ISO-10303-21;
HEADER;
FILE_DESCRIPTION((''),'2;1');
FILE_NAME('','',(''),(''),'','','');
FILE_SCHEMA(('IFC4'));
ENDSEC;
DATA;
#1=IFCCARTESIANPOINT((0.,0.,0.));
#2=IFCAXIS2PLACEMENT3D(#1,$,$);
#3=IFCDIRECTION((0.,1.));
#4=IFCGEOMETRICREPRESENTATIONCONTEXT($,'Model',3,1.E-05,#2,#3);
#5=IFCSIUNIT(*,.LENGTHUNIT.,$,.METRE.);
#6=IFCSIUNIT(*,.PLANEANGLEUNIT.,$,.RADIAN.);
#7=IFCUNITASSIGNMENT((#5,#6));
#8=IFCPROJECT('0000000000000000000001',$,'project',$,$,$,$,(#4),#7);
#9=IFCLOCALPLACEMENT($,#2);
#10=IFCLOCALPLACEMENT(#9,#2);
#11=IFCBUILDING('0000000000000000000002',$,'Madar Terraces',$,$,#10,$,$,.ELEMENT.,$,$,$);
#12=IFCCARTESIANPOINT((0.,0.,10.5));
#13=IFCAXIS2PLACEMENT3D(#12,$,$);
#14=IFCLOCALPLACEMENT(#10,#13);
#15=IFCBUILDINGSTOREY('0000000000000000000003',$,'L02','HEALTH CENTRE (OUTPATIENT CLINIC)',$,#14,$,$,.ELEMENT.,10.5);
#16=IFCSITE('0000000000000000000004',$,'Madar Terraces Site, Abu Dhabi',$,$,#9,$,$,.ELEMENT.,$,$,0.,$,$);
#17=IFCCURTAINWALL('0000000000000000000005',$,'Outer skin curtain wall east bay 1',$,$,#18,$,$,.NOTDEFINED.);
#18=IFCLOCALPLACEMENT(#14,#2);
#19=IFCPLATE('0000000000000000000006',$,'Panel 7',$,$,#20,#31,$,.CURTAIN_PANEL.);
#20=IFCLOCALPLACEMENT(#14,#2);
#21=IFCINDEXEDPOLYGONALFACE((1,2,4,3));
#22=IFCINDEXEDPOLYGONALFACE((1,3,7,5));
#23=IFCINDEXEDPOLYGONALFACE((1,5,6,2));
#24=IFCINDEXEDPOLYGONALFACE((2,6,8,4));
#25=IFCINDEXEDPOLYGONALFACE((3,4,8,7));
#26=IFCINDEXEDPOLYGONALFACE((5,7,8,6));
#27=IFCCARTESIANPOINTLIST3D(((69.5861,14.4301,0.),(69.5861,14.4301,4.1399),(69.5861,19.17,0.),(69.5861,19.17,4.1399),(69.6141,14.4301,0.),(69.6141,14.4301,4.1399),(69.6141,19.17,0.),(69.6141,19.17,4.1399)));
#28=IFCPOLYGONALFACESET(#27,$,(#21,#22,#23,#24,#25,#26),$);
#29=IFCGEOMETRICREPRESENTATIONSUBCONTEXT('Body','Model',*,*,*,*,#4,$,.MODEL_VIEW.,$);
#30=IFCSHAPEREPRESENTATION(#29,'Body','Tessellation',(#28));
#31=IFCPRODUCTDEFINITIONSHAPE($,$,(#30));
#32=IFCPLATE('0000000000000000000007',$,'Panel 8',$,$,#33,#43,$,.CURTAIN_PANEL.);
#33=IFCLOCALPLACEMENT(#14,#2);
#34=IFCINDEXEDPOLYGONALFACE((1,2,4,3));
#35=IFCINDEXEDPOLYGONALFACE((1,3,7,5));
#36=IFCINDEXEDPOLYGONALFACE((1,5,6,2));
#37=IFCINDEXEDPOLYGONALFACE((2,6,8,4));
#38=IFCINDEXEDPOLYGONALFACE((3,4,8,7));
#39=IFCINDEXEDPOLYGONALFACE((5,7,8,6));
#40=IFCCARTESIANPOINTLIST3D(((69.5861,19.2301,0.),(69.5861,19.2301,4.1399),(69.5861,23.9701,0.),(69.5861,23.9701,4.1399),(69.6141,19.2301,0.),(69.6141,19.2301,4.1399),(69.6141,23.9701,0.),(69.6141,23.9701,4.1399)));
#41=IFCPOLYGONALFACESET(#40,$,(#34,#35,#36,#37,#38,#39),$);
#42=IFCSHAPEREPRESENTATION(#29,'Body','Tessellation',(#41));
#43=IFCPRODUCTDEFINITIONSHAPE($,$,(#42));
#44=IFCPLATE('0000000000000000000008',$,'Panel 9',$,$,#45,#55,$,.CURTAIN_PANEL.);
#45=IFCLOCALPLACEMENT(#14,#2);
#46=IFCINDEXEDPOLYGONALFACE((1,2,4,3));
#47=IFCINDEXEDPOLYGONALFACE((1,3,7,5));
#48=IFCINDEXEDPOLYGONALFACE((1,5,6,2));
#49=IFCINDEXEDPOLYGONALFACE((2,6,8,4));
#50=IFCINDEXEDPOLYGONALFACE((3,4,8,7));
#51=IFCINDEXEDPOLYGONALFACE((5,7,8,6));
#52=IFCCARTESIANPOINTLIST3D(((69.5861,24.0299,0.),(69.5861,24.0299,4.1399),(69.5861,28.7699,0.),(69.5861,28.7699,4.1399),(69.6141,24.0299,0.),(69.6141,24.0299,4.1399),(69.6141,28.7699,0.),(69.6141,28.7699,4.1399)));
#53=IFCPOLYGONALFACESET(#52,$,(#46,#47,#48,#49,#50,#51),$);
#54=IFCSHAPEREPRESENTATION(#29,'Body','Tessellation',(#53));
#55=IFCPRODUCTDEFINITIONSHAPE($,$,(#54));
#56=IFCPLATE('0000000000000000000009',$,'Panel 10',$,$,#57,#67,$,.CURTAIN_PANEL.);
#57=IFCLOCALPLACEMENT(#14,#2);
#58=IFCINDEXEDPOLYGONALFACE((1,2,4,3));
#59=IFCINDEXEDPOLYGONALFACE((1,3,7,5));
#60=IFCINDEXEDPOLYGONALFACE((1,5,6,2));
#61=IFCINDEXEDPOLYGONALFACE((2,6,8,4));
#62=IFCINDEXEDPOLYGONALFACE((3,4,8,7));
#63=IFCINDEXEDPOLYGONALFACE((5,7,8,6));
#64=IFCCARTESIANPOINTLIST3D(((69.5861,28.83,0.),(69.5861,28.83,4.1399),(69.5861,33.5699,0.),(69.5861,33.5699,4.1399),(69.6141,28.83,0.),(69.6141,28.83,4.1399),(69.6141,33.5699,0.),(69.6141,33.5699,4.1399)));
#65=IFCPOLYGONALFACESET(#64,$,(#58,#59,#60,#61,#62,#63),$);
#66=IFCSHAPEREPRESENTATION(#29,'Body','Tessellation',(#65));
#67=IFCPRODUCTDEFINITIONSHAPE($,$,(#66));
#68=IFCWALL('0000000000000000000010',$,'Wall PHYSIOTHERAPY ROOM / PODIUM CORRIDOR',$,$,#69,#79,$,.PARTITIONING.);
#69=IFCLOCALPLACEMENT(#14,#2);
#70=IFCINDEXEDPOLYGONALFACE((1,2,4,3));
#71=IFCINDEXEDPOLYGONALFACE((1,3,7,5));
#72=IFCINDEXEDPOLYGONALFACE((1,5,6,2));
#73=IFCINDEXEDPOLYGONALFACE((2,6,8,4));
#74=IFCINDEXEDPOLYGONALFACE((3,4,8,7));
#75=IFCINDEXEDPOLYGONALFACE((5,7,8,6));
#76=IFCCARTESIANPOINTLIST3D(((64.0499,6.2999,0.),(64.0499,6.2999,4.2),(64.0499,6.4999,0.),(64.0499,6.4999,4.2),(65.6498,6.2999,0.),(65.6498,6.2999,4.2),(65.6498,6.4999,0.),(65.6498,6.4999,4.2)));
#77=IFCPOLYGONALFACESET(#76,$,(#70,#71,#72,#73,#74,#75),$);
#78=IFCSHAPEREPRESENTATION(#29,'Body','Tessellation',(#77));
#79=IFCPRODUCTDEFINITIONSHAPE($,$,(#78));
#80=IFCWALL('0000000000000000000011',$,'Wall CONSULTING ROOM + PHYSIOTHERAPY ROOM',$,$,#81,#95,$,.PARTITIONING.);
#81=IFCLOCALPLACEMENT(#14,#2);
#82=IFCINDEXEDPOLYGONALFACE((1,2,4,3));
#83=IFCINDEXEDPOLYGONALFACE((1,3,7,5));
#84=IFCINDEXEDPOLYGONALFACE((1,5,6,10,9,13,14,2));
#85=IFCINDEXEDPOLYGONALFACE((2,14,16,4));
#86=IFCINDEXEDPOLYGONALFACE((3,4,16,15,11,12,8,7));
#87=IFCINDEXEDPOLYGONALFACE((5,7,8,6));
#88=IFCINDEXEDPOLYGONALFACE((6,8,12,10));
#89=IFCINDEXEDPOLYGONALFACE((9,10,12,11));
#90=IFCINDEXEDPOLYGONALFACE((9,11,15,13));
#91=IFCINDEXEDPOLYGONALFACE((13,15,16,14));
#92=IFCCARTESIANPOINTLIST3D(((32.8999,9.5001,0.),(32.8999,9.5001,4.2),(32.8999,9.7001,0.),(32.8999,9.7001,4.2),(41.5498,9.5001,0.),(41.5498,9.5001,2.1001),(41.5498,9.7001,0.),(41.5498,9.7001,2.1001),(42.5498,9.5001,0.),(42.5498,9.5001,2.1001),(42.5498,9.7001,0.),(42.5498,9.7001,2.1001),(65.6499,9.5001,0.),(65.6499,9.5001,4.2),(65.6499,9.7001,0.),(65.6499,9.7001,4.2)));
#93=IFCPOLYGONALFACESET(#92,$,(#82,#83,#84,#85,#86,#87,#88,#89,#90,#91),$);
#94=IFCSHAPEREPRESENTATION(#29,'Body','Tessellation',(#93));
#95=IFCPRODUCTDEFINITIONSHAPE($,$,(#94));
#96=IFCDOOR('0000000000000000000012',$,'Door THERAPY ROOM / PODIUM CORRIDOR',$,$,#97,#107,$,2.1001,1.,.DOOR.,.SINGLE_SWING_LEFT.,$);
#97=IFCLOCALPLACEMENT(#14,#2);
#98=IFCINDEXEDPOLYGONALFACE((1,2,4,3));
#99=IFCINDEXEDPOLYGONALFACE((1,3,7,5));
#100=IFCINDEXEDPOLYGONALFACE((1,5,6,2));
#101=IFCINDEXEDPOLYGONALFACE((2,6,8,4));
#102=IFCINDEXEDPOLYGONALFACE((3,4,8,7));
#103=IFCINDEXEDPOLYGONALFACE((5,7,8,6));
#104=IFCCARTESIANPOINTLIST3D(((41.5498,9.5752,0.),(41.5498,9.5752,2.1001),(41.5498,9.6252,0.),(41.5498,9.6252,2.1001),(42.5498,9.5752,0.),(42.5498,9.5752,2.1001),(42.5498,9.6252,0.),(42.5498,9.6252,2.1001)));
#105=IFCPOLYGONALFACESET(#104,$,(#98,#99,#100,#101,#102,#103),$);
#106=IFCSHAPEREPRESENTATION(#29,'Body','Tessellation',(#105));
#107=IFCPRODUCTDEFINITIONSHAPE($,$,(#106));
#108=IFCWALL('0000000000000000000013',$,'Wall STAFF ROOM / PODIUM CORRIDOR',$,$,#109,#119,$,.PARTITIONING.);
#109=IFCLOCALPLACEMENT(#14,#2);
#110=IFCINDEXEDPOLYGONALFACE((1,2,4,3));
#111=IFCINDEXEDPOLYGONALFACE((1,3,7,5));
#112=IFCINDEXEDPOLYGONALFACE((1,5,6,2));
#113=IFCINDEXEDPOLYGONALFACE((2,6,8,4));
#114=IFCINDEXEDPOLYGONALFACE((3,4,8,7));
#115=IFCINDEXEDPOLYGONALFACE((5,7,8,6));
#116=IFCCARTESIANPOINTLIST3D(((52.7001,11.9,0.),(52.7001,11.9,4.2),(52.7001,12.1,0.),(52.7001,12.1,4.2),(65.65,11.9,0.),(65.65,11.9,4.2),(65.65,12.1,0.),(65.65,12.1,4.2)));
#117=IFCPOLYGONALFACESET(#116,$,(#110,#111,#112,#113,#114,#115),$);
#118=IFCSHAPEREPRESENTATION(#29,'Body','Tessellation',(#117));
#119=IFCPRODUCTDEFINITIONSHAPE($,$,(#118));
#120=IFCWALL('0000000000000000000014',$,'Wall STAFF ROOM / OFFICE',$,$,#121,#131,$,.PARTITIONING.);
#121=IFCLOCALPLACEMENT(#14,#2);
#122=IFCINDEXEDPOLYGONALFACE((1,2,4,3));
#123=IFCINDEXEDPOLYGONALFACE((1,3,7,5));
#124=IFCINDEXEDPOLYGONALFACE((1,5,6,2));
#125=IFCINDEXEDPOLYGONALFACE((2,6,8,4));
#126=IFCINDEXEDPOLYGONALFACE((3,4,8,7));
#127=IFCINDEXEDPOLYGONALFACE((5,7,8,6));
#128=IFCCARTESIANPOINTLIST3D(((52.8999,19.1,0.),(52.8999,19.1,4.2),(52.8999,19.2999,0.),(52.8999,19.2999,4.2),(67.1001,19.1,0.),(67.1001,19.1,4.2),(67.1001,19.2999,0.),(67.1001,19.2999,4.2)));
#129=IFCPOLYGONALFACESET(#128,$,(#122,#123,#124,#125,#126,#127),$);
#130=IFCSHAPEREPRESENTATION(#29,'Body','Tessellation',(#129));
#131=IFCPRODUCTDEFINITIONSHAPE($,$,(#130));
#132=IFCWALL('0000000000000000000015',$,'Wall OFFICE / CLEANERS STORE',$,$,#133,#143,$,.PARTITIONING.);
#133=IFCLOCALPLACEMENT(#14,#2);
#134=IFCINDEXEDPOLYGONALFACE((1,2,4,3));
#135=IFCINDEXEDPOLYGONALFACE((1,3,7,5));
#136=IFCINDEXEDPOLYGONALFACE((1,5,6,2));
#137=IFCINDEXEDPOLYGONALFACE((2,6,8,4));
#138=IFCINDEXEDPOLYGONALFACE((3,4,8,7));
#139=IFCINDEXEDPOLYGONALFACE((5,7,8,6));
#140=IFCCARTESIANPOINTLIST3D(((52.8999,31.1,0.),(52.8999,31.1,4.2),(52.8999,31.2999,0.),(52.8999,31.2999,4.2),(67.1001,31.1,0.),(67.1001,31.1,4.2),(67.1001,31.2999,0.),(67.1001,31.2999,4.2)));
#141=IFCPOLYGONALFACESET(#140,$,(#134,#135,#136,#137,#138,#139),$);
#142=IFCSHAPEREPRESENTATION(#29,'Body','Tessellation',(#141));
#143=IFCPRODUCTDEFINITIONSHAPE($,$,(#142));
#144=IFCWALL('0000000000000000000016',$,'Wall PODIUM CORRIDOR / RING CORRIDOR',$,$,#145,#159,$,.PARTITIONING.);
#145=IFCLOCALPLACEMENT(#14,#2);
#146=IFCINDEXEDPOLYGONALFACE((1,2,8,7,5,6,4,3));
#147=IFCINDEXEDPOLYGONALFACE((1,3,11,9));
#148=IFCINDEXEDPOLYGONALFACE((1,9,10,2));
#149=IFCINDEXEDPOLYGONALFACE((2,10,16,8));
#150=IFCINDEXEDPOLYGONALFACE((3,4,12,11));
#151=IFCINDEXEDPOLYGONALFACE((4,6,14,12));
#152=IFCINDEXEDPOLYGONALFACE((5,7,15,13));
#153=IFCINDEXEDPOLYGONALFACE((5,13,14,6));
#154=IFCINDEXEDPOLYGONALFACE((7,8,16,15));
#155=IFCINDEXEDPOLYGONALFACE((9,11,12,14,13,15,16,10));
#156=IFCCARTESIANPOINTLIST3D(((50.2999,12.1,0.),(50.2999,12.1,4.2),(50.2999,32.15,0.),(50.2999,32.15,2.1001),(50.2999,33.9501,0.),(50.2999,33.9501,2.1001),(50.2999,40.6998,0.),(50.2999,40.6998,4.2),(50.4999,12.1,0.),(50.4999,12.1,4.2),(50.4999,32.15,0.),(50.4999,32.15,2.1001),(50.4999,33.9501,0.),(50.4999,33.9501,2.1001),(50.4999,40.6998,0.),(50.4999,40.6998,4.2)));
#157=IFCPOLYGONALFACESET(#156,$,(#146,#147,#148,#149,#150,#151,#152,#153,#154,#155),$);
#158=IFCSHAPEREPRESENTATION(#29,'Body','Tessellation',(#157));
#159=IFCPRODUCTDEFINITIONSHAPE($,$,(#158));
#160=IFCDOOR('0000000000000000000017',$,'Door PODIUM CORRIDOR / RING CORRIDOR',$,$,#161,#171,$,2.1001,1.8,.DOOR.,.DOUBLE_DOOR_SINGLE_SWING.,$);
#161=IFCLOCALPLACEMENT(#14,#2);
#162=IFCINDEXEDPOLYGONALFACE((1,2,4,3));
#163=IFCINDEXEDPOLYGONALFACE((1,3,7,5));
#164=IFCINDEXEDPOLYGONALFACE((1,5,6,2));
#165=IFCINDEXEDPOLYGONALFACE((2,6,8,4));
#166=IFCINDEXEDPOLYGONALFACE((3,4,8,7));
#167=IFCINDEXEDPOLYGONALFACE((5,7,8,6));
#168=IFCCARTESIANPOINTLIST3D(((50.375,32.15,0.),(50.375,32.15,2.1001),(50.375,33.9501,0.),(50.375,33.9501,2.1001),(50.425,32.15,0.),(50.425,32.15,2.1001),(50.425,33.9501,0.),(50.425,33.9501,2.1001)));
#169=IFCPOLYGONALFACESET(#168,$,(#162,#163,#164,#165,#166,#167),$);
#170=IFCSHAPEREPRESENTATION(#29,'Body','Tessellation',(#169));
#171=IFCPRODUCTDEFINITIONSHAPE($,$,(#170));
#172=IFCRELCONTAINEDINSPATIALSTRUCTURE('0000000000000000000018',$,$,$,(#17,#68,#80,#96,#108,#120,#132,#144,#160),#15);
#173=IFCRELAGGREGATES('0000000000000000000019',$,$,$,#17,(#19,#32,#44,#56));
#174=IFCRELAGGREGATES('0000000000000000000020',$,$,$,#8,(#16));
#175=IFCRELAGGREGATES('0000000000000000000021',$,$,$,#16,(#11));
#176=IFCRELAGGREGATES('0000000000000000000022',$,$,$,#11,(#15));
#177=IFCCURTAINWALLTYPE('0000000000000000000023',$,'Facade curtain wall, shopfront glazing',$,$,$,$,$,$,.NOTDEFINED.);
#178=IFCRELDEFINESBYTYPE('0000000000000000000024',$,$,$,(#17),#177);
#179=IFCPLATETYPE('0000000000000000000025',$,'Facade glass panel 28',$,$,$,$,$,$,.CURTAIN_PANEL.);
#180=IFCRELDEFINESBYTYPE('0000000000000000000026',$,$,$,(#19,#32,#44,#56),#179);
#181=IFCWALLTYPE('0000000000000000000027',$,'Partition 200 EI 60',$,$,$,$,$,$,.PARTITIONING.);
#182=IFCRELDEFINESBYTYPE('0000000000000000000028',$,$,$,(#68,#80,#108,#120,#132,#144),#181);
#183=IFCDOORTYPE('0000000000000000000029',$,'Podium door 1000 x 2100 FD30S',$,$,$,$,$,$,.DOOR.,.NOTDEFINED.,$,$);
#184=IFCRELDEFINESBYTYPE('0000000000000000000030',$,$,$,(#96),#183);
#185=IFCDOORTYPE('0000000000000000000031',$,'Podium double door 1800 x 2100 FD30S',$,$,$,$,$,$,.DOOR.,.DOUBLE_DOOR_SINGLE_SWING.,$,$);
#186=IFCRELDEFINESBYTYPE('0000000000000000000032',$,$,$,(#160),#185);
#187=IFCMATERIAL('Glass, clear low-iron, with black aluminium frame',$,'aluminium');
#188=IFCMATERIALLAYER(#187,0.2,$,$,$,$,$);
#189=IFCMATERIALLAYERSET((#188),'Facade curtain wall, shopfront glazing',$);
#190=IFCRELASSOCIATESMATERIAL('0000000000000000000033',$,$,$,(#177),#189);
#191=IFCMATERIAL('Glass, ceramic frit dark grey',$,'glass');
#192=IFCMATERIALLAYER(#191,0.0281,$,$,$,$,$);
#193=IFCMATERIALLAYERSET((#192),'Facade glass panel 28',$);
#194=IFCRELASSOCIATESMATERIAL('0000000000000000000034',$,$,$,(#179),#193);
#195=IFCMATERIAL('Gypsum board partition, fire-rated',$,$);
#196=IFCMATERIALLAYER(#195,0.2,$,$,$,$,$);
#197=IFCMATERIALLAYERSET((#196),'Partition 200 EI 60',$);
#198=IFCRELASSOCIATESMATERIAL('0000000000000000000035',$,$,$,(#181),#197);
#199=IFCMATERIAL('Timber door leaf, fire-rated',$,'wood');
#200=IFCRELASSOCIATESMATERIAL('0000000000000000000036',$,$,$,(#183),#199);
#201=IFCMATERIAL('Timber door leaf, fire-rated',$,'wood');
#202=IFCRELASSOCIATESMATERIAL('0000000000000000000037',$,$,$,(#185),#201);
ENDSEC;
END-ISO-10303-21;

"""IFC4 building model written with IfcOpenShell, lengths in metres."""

from ifc_helpers import new_model, si_unit, direction, frame, frame_2d, origin, origin_2d, place, context, subcontext, project, spatial, rectangle, extrude, material, layer, layer_set, type_object, element, fill, aggregate, save


model = new_model("IFC4")

# Units and contexts
model_context = context("Model", 3, precision=1e-05, world=origin(), true_north=direction((0.0, 1.0)))
body_context = subcontext(model_context, "Body", "Model", "MODEL_VIEW")
ifc_project = project(units=[si_unit("LENGTHUNIT", "METRE"), si_unit("PLANEANGLEUNIT", "RADIAN")], contexts=[model_context])

# Site, building, storey
site_placement = place(None, origin())
site = spatial("IfcSite", under=ifc_project, at=site_placement, Name="Madar Terraces Site, Abu Dhabi", CompositionType="ELEMENT", RefElevation=0.0)
building_placement = place(site_placement, origin())
building = spatial("IfcBuilding", under=site, at=building_placement, Name="Madar Terraces", CompositionType="ELEMENT")
storey_placement = place(building_placement, frame((0.0, 0.0, 10.5)))
storey = spatial("IfcBuildingStorey", under=building, at=storey_placement, Name="L02", Description="HEALTH CENTRE (OUTPATIENT CLINIC)", CompositionType="ELEMENT", Elevation=10.5)

# Curtain wall, plates
ifc_material_1 = material(Name="Glass, clear low-iron, with black aluminium frame", Category="aluminium")
ifc_layer_1 = layer(ifc_material_1, 0.2)
ifc_layer_set_1 = layer_set([ifc_layer_1], Name="Facade curtain wall, shopfront glazing")
curtain_wall_type = type_object("IfcCurtainWallType", Name="Facade curtain wall, shopfront glazing", PredefinedType="NOTDEFINED", material=ifc_layer_set_1)
curtain_wall_placement = place(storey_placement, origin())
curtain_wall = element("IfcCurtainWall", 1, at=curtain_wall_placement, inside=storey, type_object=curtain_wall_type, Name="Outer skin curtain wall east bay 1", PredefinedType="NOTDEFINED")
ifc_material_2 = material(Name="Glass, ceramic frit dark grey", Category="glass")
ifc_layer_2 = layer(ifc_material_2, 0.0281)
ifc_layer_set_2 = layer_set([ifc_layer_2], Name="Facade glass panel 28")
plate_type = type_object("IfcPlateType", Name="Facade glass panel 28", PredefinedType="CURTAIN_PANEL", material=ifc_layer_set_2)
plate_1_placement = place(storey_placement, frame((69.6001, 16.8, 0.0), z_axis=(0.0, 0.0, 1.0), x_axis=(0.0, 1.0, 0.0)))
plate_1 = element("IfcPlate", 2, at=plate_1_placement, type_object=plate_type, Name="Panel 7", PredefinedType="CURTAIN_PANEL", context=body_context, shape_type="SweptSolid", body=[
    extrude(rectangle(XDim=4.74, YDim=0.0281, at=origin_2d()), origin(), (0.0, 0.0, 1.0), 4.1399),
])
plate_2_placement = place(storey_placement, frame((69.6001, 21.6001, 0.0), z_axis=(0.0, 0.0, 1.0), x_axis=(0.0, 1.0, 0.0)))
plate_2 = element("IfcPlate", 3, at=plate_2_placement, type_object=plate_type, Name="Panel 8", PredefinedType="CURTAIN_PANEL", context=body_context, shape_type="SweptSolid", body=[
    extrude(rectangle(XDim=4.74, YDim=0.0281, at=origin_2d()), origin(), (0.0, 0.0, 1.0), 4.1399),
])
plate_3_placement = place(storey_placement, frame((69.6001, 26.3999, 0.0), z_axis=(0.0, 0.0, 1.0), x_axis=(0.0, 1.0, 0.0)))
plate_3 = element("IfcPlate", 4, at=plate_3_placement, type_object=plate_type, Name="Panel 9", PredefinedType="CURTAIN_PANEL", context=body_context, shape_type="SweptSolid", body=[
    extrude(rectangle(XDim=4.74, YDim=0.0281, at=origin_2d()), origin(), (0.0, 0.0, 1.0), 4.1399),
])
plate_4_placement = place(storey_placement, frame((69.6001, 31.2, 0.0), z_axis=(0.0, 0.0, 1.0), x_axis=(0.0, 1.0, 0.0)))
plate_4 = element("IfcPlate", 5, at=plate_4_placement, type_object=plate_type, Name="Panel 10", PredefinedType="CURTAIN_PANEL", context=body_context, shape_type="SweptSolid", body=[
    extrude(rectangle(XDim=4.74, YDim=0.0281, at=origin_2d()), origin(), (0.0, 0.0, 1.0), 4.1399),
])
aggregate(curtain_wall, [plate_1, plate_2, plate_3, plate_4])

# Wall
ifc_material_3 = material(Name="Gypsum board partition, fire-rated")
ifc_layer_3 = layer(ifc_material_3, 0.2)
ifc_layer_set_3 = layer_set([ifc_layer_3], Name="Partition 200 EI 60")
wall_type_1 = type_object("IfcWallType", Name="Partition 200 EI 60", PredefinedType="PARTITIONING", material=ifc_layer_set_3)
wall_1_placement = place(storey_placement, frame((64.05, 6.3999, 0.0), z_axis=(0.0, 0.0, 1.0), x_axis=(1.0, 0.0, 0.0)))
element("IfcWall", 6, at=wall_1_placement, inside=storey, type_object=wall_type_1, Name="Wall PHYSIOTHERAPY ROOM / PODIUM CORRIDOR", PredefinedType="PARTITIONING", context=body_context, shape_type="SweptSolid", body=[
    extrude(rectangle(XDim=1.5999, YDim=0.2, at=frame_2d((0.7998, 0.0))), origin(), (0.0, 0.0, 1.0), 4.2),
])

# Wall, opening, door
wall_2_placement = place(storey_placement, frame((65.6499, 9.6001, 0.0), z_axis=(0.0, 0.0, 1.0), x_axis=(-1.0, 0.0, 0.0)))
wall_2 = element("IfcWall", 7, at=wall_2_placement, inside=storey, type_object=wall_type_1, Name="Wall CONSULTING ROOM + PHYSIOTHERAPY ROOM", PredefinedType="PARTITIONING", context=body_context, shape_type="SweptSolid", body=[
    extrude(rectangle(XDim=32.75, YDim=0.2, at=frame_2d((16.375, 0.0))), origin(), (0.0, 0.0, 1.0), 4.2),
])
opening_1_placement = place(wall_2_placement, frame((23.1001, 0.0, 0.0)))
opening_1 = element("IfcOpeningElement", 8, at=opening_1_placement, cuts=wall_2, PredefinedType="OPENING", context=body_context, shape_type="SweptSolid", body=[
    extrude(rectangle(XDim=1.0, YDim=2.1001, at=frame_2d((0.5, 1.05))), frame((0.0, 0.1099, 0.0), z_axis=(0.0, -1.0, 0.0), x_axis=(1.0, 0.0, 0.0)), (0.0, 0.0, 1.0), 0.22),
])
ifc_material_4 = material(Name="Timber door leaf, fire-rated", Category="wood")
door_type_1 = type_object("IfcDoorType", Name="Podium door 1000 x 2100 FD30S", OperationType="NOTDEFINED", PredefinedType="DOOR", material=ifc_material_4)
door_1_placement = place(opening_1_placement, origin())
door_1 = element("IfcDoor", 9, at=door_1_placement, inside=storey, type_object=door_type_1, Name="Door THERAPY ROOM / PODIUM CORRIDOR", OperationType="SINGLE_SWING_LEFT", OverallHeight=2.1001, OverallWidth=1.0, PredefinedType="DOOR", context=body_context, shape_type="SweptSolid", body=[
    extrude(rectangle(XDim=1.0, YDim=2.1001, at=frame_2d((0.5, 1.05))), frame((0.0, 0.0249, 0.0), z_axis=(0.0, -1.0, 0.0), x_axis=(1.0, 0.0, 0.0)), (0.0, 0.0, 1.0), 0.05),
])
fill(opening_1, door_1)

# Walls
wall_3_placement = place(storey_placement, frame((52.7, 12.0, 0.0), z_axis=(0.0, 0.0, 1.0), x_axis=(1.0, 0.0, 0.0)))
element("IfcWall", 10, at=wall_3_placement, inside=storey, type_object=wall_type_1, Name="Wall STAFF ROOM / PODIUM CORRIDOR", PredefinedType="PARTITIONING", context=body_context, shape_type="SweptSolid", body=[
    extrude(rectangle(XDim=12.95, YDim=0.2, at=frame_2d((6.4751, 0.0))), origin(), (0.0, 0.0, 1.0), 4.2),
])
for number, where, z_axis, x_axis, name in (
    (11, (52.8999, 19.2, 0.0), (0.0, 0.0, 1.0), (1.0, 0.0, 0.0), "Wall STAFF ROOM / OFFICE"),
    (12, (52.8999, 31.2, 0.0), (0.0, 0.0, 1.0), (1.0, 0.0, 0.0), "Wall OFFICE / CLEANERS STORE"),
):
    element("IfcWall", number, at=place(storey_placement, frame(where, z_axis=z_axis, x_axis=x_axis)), inside=storey, type_object=wall_type_1, Name=name, PredefinedType="PARTITIONING", context=body_context, shape_type="SweptSolid", body=[
        extrude(rectangle(XDim=14.2002, YDim=0.2, at=frame_2d((7.1001, 0.0))), origin(), (0.0, 0.0, 1.0), 4.2),
    ])

# Wall, opening, door
wall_4_placement = place(storey_placement, frame((50.3999, 12.1001, 0.0), z_axis=(0.0, 0.0, 1.0), x_axis=(0.0, 1.0, 0.0)))
wall_4 = element("IfcWall", 13, at=wall_4_placement, inside=storey, type_object=wall_type_1, Name="Wall PODIUM CORRIDOR / RING CORRIDOR", PredefinedType="PARTITIONING", context=body_context, shape_type="SweptSolid", body=[
    extrude(rectangle(XDim=28.5999, YDim=0.2, at=frame_2d((14.2998, 0.0))), origin(), (0.0, 0.0, 1.0), 4.2),
])
opening_2_placement = place(wall_4_placement, frame((20.05, 0.0, 0.0)))
opening_2 = element("IfcOpeningElement", 14, at=opening_2_placement, cuts=wall_4, PredefinedType="OPENING", context=body_context, shape_type="SweptSolid", body=[
    extrude(rectangle(XDim=1.8, YDim=2.1001, at=frame_2d((0.8999, 1.05))), frame((0.0, 0.1099, 0.0), z_axis=(0.0, -1.0, 0.0), x_axis=(1.0, 0.0, 0.0)), (0.0, 0.0, 1.0), 0.22),
])
ifc_material_5 = material(Name="Timber door leaf, fire-rated", Category="wood")
door_type_2 = type_object("IfcDoorType", Name="Podium double door 1800 x 2100 FD30S", OperationType="DOUBLE_DOOR_SINGLE_SWING", PredefinedType="DOOR", material=ifc_material_5)
door_2_placement = place(opening_2_placement, origin())
door_2 = element("IfcDoor", 15, at=door_2_placement, inside=storey, type_object=door_type_2, Name="Door PODIUM CORRIDOR / RING CORRIDOR", OperationType="DOUBLE_DOOR_SINGLE_SWING", OverallHeight=2.1001, OverallWidth=1.8, PredefinedType="DOOR", context=body_context, shape_type="SweptSolid", body=[
    extrude(rectangle(XDim=1.8, YDim=2.1001, at=frame_2d((0.8999, 1.05))), frame((0.0, 0.0249, 0.0), z_axis=(0.0, -1.0, 0.0), x_axis=(1.0, 0.0, 0.0)), (0.0, 0.0, 1.0), 0.05),
])
fill(opening_2, door_2)

save(model, "model.ifc")
